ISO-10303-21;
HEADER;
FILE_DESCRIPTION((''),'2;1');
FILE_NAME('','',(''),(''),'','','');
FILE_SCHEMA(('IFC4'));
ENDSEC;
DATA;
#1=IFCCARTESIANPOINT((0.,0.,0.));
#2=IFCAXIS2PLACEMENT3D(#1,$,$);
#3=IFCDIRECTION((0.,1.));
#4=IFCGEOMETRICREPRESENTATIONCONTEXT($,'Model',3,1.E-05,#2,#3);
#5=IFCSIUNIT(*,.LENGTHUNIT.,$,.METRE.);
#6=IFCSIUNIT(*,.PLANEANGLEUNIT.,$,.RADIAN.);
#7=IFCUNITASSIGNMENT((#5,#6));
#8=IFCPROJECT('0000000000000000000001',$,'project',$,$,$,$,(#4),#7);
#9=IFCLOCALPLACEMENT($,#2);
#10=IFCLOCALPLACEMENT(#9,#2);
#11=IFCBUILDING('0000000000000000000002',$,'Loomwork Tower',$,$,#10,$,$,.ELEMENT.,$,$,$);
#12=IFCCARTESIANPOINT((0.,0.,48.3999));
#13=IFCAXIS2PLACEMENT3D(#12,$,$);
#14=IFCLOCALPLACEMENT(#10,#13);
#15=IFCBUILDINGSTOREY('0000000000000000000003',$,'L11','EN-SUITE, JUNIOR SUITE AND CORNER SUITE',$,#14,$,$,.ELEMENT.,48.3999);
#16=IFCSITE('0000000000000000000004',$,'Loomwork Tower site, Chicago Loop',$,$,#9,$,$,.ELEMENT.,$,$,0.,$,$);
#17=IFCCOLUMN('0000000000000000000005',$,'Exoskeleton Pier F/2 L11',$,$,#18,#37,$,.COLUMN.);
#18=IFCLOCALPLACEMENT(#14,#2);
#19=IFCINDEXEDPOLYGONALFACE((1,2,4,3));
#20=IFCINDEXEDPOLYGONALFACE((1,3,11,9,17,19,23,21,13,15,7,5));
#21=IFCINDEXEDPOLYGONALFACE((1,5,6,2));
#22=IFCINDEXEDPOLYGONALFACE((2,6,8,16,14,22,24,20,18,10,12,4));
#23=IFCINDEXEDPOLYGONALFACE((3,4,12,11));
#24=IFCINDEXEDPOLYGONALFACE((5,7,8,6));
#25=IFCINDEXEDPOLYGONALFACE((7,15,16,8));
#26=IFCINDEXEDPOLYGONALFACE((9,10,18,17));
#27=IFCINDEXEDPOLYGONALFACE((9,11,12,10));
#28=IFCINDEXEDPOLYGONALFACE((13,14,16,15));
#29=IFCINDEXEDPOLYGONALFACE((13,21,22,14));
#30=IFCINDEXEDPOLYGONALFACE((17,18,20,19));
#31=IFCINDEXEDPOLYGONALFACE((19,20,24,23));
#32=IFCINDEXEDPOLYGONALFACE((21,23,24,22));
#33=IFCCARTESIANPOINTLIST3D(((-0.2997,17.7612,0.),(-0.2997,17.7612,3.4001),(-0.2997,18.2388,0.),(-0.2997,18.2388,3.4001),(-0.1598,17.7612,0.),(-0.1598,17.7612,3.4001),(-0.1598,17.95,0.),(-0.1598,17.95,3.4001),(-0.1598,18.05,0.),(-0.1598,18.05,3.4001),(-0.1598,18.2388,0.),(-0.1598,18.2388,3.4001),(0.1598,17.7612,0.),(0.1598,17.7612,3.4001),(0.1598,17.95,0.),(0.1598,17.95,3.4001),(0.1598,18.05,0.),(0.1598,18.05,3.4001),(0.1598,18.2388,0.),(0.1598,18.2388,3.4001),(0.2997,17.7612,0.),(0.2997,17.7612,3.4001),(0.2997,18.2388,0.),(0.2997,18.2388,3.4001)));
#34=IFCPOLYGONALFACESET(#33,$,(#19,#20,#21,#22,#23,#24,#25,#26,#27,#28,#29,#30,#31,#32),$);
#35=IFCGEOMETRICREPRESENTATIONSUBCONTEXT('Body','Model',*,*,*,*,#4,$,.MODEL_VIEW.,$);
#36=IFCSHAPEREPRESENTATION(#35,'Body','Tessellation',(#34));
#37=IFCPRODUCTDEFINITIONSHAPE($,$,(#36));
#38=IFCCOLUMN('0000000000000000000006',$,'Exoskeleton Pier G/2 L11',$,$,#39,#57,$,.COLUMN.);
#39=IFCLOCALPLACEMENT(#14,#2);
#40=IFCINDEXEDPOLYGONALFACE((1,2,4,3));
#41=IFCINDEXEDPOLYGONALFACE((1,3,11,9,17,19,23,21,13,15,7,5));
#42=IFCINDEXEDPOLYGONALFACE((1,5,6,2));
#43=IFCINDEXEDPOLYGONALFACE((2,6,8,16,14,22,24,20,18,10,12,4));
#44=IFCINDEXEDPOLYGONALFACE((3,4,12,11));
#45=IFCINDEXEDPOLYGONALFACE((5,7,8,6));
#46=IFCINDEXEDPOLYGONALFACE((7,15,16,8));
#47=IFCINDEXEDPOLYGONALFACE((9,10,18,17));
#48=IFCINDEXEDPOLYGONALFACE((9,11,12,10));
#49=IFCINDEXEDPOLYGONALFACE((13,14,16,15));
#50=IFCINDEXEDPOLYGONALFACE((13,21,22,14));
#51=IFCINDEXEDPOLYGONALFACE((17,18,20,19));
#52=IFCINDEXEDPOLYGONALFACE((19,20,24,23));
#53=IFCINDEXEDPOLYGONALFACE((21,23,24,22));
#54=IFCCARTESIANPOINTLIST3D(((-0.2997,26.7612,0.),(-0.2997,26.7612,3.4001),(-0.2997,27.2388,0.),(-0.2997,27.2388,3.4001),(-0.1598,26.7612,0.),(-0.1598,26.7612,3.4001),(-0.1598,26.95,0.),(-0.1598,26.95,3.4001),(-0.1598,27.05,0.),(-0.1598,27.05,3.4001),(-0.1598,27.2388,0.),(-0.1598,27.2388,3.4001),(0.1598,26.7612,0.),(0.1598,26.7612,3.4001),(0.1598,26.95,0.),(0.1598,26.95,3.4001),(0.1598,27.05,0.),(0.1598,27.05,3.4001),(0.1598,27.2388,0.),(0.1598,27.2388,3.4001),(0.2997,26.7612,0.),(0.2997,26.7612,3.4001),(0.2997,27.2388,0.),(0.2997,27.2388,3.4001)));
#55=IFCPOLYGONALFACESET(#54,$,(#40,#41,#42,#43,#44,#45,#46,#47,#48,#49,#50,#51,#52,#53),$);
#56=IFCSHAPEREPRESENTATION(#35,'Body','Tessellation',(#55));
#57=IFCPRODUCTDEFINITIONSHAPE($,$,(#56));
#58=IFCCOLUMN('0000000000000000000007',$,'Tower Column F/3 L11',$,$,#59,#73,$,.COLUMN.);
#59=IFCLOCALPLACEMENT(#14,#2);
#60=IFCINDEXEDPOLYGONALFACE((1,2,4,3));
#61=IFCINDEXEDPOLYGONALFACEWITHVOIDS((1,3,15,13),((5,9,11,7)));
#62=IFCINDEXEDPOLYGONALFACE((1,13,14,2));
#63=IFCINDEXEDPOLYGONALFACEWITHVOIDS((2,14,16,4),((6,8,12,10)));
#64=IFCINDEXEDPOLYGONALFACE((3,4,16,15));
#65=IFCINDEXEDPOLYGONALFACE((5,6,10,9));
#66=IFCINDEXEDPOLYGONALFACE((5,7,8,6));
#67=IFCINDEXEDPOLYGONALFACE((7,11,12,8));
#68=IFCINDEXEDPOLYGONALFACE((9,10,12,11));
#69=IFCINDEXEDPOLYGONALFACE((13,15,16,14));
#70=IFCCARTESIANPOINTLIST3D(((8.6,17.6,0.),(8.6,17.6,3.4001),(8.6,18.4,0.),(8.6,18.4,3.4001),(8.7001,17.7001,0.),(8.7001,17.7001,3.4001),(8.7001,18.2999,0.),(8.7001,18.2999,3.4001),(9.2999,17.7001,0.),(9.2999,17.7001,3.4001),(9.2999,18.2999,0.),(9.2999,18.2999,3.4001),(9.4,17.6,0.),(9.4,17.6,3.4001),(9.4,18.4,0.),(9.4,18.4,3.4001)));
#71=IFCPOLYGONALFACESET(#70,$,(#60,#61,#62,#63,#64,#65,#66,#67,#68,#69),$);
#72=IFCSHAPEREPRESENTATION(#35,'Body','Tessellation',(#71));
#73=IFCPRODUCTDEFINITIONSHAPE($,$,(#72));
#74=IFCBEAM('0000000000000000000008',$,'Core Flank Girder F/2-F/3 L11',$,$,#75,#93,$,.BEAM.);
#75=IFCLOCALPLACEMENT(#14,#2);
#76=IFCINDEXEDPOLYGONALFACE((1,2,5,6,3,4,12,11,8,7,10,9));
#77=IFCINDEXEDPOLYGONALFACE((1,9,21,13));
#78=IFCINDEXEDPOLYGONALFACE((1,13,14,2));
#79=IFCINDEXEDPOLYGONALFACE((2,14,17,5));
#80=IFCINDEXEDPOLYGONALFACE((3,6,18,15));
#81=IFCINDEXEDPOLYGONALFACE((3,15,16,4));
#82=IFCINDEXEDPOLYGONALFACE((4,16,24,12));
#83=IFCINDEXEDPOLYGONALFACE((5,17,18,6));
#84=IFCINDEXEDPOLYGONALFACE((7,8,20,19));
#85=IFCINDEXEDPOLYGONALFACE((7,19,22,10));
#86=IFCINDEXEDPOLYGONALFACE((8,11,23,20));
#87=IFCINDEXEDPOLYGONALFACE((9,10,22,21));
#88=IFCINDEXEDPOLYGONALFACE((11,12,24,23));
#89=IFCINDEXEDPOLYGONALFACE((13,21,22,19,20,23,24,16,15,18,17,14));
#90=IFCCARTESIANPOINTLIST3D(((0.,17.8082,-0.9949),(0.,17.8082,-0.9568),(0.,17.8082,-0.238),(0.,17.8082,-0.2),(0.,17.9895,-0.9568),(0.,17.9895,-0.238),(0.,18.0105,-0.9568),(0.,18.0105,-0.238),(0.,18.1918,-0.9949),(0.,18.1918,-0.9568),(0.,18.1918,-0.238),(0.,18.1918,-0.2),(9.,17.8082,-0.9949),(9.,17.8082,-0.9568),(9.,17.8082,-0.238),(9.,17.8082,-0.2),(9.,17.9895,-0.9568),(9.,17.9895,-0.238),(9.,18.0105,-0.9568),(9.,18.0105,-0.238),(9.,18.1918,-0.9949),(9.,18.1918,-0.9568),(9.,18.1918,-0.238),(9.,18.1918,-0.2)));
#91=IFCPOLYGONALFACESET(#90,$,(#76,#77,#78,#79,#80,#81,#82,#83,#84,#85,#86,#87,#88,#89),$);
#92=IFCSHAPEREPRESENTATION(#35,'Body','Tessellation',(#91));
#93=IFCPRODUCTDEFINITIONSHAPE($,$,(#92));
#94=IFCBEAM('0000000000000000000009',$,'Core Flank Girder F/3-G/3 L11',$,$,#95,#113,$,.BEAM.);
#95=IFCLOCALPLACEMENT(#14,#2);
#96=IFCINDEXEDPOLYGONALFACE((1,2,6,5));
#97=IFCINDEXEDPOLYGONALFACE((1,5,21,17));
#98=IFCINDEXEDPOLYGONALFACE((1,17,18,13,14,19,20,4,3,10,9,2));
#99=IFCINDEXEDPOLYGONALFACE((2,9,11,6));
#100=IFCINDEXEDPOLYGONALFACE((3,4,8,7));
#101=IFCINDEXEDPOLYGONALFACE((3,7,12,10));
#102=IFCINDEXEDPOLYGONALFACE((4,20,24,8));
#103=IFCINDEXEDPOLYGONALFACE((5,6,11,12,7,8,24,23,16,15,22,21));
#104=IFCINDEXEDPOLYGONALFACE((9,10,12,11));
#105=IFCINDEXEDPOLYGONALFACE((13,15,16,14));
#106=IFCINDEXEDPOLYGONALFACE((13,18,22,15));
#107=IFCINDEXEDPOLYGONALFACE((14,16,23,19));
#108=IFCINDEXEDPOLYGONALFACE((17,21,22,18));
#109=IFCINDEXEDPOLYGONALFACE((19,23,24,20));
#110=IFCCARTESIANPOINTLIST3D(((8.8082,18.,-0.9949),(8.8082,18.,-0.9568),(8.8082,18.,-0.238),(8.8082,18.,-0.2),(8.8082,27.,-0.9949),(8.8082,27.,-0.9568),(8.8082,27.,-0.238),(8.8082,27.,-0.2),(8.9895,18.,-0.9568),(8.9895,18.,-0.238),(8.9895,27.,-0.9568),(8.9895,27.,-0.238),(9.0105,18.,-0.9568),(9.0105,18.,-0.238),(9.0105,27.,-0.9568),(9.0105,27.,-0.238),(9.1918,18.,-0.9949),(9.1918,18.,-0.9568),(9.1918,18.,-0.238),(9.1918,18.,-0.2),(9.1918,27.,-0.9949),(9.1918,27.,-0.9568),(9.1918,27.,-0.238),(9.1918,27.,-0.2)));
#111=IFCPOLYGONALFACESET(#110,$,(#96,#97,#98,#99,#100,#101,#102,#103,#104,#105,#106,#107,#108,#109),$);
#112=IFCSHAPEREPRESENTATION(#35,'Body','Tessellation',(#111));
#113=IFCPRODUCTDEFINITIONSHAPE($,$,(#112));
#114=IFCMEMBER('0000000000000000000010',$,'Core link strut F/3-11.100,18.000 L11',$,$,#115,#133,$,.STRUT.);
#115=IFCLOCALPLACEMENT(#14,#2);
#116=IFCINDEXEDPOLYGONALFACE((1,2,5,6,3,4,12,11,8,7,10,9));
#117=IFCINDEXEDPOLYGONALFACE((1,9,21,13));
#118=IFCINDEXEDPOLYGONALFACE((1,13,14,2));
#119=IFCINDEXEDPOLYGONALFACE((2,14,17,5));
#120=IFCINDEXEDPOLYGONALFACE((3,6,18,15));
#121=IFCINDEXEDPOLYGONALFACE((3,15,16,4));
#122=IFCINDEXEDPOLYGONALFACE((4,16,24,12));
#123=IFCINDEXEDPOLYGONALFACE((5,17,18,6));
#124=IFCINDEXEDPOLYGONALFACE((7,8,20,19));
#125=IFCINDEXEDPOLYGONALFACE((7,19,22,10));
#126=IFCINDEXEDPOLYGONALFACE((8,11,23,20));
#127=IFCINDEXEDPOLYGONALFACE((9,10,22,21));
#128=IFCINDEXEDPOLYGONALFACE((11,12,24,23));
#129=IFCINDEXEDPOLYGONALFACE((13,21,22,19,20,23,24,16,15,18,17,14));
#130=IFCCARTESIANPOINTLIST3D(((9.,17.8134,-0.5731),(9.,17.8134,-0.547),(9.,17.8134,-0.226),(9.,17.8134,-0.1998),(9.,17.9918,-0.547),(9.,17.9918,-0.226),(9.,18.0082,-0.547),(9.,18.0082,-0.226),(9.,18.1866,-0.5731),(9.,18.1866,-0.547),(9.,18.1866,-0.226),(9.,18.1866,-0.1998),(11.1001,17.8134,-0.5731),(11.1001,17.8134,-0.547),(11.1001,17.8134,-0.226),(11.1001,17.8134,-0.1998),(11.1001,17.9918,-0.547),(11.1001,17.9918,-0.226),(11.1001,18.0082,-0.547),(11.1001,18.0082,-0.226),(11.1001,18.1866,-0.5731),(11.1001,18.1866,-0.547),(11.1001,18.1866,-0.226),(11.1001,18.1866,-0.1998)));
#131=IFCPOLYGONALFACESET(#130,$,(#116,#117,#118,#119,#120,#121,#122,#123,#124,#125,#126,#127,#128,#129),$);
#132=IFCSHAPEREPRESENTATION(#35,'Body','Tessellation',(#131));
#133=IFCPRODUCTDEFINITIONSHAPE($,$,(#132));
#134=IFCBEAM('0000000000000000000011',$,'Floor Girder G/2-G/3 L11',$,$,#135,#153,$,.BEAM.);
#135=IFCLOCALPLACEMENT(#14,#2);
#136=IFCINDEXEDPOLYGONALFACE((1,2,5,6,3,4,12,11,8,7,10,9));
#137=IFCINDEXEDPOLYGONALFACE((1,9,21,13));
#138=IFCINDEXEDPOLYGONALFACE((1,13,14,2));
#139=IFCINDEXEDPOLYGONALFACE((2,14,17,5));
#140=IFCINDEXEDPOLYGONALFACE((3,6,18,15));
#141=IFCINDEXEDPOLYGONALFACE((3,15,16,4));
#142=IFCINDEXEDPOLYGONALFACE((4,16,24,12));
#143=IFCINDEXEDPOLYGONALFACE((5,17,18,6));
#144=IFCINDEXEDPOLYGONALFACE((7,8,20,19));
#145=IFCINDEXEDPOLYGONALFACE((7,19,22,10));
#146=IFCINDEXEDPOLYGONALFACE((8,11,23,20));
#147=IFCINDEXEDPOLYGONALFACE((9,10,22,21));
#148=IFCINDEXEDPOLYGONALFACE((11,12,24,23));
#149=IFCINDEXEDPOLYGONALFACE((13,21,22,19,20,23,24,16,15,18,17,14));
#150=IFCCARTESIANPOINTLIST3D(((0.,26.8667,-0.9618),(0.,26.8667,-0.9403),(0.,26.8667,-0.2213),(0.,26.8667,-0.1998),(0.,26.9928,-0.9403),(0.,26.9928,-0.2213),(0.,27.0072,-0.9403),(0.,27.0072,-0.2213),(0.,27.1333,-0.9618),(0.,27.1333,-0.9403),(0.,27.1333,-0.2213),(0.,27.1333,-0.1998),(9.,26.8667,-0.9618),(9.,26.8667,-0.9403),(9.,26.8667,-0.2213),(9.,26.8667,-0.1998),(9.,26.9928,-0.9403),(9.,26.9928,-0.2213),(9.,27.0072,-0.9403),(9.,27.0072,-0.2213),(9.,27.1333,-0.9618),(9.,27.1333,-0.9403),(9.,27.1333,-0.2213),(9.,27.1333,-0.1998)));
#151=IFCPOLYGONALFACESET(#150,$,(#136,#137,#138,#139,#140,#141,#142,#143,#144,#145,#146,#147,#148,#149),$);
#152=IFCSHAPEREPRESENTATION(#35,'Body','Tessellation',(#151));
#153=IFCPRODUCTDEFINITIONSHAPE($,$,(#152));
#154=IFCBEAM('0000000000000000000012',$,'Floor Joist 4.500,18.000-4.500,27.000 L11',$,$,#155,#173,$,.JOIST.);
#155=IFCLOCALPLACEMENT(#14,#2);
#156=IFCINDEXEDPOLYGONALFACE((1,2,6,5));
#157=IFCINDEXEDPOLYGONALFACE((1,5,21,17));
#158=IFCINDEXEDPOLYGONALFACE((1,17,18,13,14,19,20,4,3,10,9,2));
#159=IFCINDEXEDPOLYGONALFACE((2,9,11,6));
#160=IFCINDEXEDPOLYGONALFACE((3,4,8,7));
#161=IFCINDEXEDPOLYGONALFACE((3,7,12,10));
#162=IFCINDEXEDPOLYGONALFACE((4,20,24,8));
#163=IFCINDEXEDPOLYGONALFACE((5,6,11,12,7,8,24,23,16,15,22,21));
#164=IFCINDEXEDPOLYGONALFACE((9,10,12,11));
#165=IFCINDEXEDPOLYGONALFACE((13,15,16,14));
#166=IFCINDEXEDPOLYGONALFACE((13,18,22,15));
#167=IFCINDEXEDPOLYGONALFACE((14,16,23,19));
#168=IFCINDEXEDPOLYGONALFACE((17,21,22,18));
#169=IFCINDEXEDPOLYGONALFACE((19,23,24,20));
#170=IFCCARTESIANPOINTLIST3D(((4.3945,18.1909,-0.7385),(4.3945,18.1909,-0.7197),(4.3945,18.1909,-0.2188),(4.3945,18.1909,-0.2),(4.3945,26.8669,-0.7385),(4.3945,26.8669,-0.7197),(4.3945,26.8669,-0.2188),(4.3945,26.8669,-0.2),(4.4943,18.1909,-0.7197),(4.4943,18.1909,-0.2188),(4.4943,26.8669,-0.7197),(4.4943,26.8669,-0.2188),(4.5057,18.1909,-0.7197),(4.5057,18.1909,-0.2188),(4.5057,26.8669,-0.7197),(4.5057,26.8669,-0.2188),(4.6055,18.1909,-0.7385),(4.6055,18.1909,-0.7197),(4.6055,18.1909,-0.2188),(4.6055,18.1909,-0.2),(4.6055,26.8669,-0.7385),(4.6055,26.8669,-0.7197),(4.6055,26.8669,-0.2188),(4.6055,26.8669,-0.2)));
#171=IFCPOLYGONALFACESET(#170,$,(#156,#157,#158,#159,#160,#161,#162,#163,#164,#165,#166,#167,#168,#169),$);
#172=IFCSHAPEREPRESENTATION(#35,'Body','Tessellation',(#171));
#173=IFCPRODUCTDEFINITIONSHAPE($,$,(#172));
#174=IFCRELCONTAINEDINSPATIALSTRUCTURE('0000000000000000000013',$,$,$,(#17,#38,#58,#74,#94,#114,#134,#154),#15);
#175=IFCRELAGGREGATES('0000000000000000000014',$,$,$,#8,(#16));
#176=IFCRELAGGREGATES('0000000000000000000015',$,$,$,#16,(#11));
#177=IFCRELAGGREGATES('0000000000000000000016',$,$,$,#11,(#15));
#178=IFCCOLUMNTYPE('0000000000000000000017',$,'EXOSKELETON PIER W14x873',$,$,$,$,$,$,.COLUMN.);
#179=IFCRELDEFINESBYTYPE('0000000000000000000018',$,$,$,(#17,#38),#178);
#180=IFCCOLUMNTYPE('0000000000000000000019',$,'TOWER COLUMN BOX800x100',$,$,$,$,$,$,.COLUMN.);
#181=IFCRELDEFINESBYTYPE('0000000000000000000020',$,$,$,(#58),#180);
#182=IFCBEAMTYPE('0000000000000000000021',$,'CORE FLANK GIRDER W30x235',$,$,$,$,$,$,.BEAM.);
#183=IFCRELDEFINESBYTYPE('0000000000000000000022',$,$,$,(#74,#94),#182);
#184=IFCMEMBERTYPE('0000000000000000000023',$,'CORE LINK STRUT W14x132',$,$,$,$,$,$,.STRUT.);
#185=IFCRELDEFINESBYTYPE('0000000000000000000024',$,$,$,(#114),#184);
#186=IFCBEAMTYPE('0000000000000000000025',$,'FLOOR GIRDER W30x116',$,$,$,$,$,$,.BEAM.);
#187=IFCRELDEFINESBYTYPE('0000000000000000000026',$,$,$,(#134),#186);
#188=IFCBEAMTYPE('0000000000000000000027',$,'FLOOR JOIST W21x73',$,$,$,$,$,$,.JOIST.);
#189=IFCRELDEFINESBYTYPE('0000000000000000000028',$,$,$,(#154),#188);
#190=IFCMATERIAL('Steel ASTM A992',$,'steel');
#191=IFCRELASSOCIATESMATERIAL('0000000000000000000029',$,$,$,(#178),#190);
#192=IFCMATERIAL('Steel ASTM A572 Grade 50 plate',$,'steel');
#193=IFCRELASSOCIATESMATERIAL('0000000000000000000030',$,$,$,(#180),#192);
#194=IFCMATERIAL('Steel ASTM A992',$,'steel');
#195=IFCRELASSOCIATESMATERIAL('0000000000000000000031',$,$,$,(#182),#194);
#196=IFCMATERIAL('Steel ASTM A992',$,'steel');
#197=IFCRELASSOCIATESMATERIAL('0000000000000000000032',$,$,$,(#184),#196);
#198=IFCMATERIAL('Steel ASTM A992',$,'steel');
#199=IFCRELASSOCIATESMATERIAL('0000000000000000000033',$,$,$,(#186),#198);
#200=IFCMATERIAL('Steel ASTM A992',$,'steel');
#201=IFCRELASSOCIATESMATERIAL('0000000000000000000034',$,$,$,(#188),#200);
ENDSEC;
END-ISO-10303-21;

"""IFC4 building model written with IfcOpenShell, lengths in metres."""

from ifc_helpers import new_model, si_unit, direction, frame, origin, origin_2d, place, context, subcontext, project, spatial, hollow_rectangle, i_section, extrude, material, material_profile, profile_set, type_object, element, save


model = new_model("IFC4")

# Units and contexts
model_context = context("Model", 3, precision=1e-05, world=origin(), true_north=direction((0.0, 1.0)))
body_context = subcontext(model_context, "Body", "Model", "MODEL_VIEW")
ifc_project = project(units=[si_unit("LENGTHUNIT", "METRE"), si_unit("PLANEANGLEUNIT", "RADIAN")], contexts=[model_context])

# Site, building, storey
site_placement = place(None, origin())
site = spatial("IfcSite", under=ifc_project, at=site_placement, Name="Loomwork Tower site, Chicago Loop", CompositionType="ELEMENT", RefElevation=0.0)
building_placement = place(site_placement, origin())
building = spatial("IfcBuilding", under=site, at=building_placement, Name="Loomwork Tower", CompositionType="ELEMENT")
storey_placement = place(building_placement, frame((0.0, 0.0, 48.3999)))
storey = spatial("IfcBuildingStorey", under=building, at=storey_placement, Name="L11", Description="EN-SUITE, JUNIOR SUITE AND CORNER SUITE", CompositionType="ELEMENT", Elevation=48.3999)

# Columns
ifc_material_1 = material(Name="Steel ASTM A992", Category="steel")
ifc_material_profile_1 = material_profile(ifc_material_1, i_section(OverallWidth=0.4775, OverallDepth=0.5994, WebThickness=0.1001, FlangeThickness=0.1399, at=origin_2d()), Name="W14x873")
ifc_profile_set_1 = profile_set([ifc_material_profile_1], Name="Steel ASTM A992")
column_type_1 = type_object("IfcColumnType", Name="EXOSKELETON PIER W14x873", PredefinedType="COLUMN", material=ifc_profile_set_1)
for number, where, z_axis, x_axis, name in (
    (1, (0.0, 18.0, 0.0), (0.0, 0.0, 1.0), (0.0, 1.0, 0.0), "Exoskeleton Pier F/2 L11"),
    (2, (0.0, 27.0, 0.0), (0.0, 0.0, 1.0), (0.0, 1.0, 0.0), "Exoskeleton Pier G/2 L11"),
):
    element("IfcColumn", number, at=place(storey_placement, frame(where, z_axis=z_axis, x_axis=x_axis)), inside=storey, type_object=column_type_1, Name=name, PredefinedType="COLUMN", context=body_context, shape_type="SweptSolid", body=[
        extrude(i_section(OverallWidth=0.4775, OverallDepth=0.5994, WebThickness=0.1001, FlangeThickness=0.1399, at=origin_2d()), origin(), (0.0, 0.0, 1.0), 3.4001),
    ])
ifc_material_2 = material(Name="Steel ASTM A572 Grade 50 plate", Category="steel")
ifc_material_profile_2 = material_profile(ifc_material_2, hollow_rectangle(XDim=0.8, YDim=0.8, WallThickness=0.1001, at=origin_2d()), Name="BOX800x100")
ifc_profile_set_2 = profile_set([ifc_material_profile_2], Name="Steel ASTM A572 Grade 50 plate")
column_type_2 = type_object("IfcColumnType", Name="TOWER COLUMN BOX800x100", PredefinedType="COLUMN", material=ifc_profile_set_2)
column_placement = place(storey_placement, frame((9.0, 18.0, 0.0), z_axis=(0.0, 0.0, 1.0), x_axis=(1.0, 0.0, 0.0)))
element("IfcColumn", 3, at=column_placement, inside=storey, type_object=column_type_2, Name="Tower Column F/3 L11", PredefinedType="COLUMN", context=body_context, shape_type="SweptSolid", body=[
    extrude(hollow_rectangle(XDim=0.8, YDim=0.8, WallThickness=0.1001, at=origin_2d()), origin(), (0.0, 0.0, 1.0), 3.4001),
])

# Beams
ifc_material_3 = material(Name="Steel ASTM A992", Category="steel")
ifc_material_profile_3 = material_profile(ifc_material_3, i_section(OverallWidth=0.3835, OverallDepth=0.7949, WebThickness=0.021, FlangeThickness=0.0381, at=origin_2d()), Name="W30x235")
ifc_profile_set_3 = profile_set([ifc_material_profile_3], Name="Steel ASTM A992")
beam_type_1 = type_object("IfcBeamType", Name="CORE FLANK GIRDER W30x235", PredefinedType="BEAM", material=ifc_profile_set_3)
for number, where, z_axis, x_axis, name in (
    (4, (0.0, 18.0, -0.5974), (1.0, 0.0, 0.0), (0.0, 1.0, 0.0), "Core Flank Girder F/2-F/3 L11"),
    (5, (9.0, 18.0, -0.5974), (0.0, 1.0, 0.0), (-1.0, 0.0, 0.0), "Core Flank Girder F/3-G/3 L11"),
):
    element("IfcBeam", number, at=place(storey_placement, frame(where, z_axis=z_axis, x_axis=x_axis)), inside=storey, type_object=beam_type_1, Name=name, PredefinedType="BEAM", context=body_context, shape_type="SweptSolid", body=[
        extrude(i_section(OverallWidth=0.3835, OverallDepth=0.7949, WebThickness=0.021, FlangeThickness=0.0381, at=origin_2d()), origin(), (0.0, 0.0, 1.0), 9.0),
    ])

# Member
ifc_material_4 = material(Name="Steel ASTM A992", Category="steel")
ifc_material_profile_4 = material_profile(ifc_material_4, i_section(OverallWidth=0.3733, OverallDepth=0.3733, WebThickness=0.0164, FlangeThickness=0.0261, at=origin_2d()), Name="W14x132")
ifc_profile_set_4 = profile_set([ifc_material_profile_4], Name="Steel ASTM A992")
member_type_1 = type_object("IfcMemberType", Name="CORE LINK STRUT W14x132", PredefinedType="STRUT", material=ifc_profile_set_4)
member_1_placement = place(storey_placement, frame((9.0, 18.0, -0.3865), z_axis=(1.0, 0.0, 0.0), x_axis=(0.0, 1.0, 0.0)))
element("IfcMember", 6, at=member_1_placement, inside=storey, type_object=member_type_1, Name="Core link strut F/3-11.100,18.000 L11", PredefinedType="STRUT", context=body_context, shape_type="SweptSolid", body=[
    extrude(i_section(OverallWidth=0.3733, OverallDepth=0.3733, WebThickness=0.0164, FlangeThickness=0.0261, at=origin_2d()), origin(), (0.0, 0.0, 1.0), 2.1001),
])

# Beams
ifc_material_5 = material(Name="Steel ASTM A992", Category="steel")
ifc_material_profile_5 = material_profile(ifc_material_5, i_section(OverallWidth=0.2666, OverallDepth=0.762, WebThickness=0.0144, FlangeThickness=0.0215, at=origin_2d()), Name="W30x116")
ifc_profile_set_5 = profile_set([ifc_material_profile_5], Name="Steel ASTM A992")
beam_type_2 = type_object("IfcBeamType", Name="FLOOR GIRDER W30x116", PredefinedType="BEAM", material=ifc_profile_set_5)
beam_1_placement = place(storey_placement, frame((0.0, 27.0, -0.5808), z_axis=(1.0, 0.0, 0.0), x_axis=(0.0, 1.0, 0.0)))
element("IfcBeam", 7, at=beam_1_placement, inside=storey, type_object=beam_type_2, Name="Floor Girder G/2-G/3 L11", PredefinedType="BEAM", context=body_context, shape_type="SweptSolid", body=[
    extrude(i_section(OverallWidth=0.2666, OverallDepth=0.762, WebThickness=0.0144, FlangeThickness=0.0215, at=origin_2d()), origin(), (0.0, 0.0, 1.0), 9.0),
])
ifc_material_6 = material(Name="Steel ASTM A992", Category="steel")
ifc_material_profile_6 = material_profile(ifc_material_6, i_section(OverallWidth=0.2109, OverallDepth=0.5386, WebThickness=0.0115, FlangeThickness=0.0188, at=origin_2d()), Name="W21x73")
ifc_profile_set_6 = profile_set([ifc_material_profile_6], Name="Steel ASTM A992")
beam_type_3 = type_object("IfcBeamType", Name="FLOOR JOIST W21x73", PredefinedType="JOIST", material=ifc_profile_set_6)
beam_2_placement = place(storey_placement, frame((4.5, 18.1909, -0.4692), z_axis=(0.0, 1.0, 0.0), x_axis=(-1.0, 0.0, 0.0)))
element("IfcBeam", 8, at=beam_2_placement, inside=storey, type_object=beam_type_3, Name="Floor Joist 4.500,18.000-4.500,27.000 L11", PredefinedType="JOIST", context=body_context, shape_type="SweptSolid", body=[
    extrude(i_section(OverallWidth=0.2109, OverallDepth=0.5386, WebThickness=0.0115, FlangeThickness=0.0188, at=origin_2d()), origin(), (0.0, 0.0, 1.0), 8.676),
])

save(model, "model.ifc")
